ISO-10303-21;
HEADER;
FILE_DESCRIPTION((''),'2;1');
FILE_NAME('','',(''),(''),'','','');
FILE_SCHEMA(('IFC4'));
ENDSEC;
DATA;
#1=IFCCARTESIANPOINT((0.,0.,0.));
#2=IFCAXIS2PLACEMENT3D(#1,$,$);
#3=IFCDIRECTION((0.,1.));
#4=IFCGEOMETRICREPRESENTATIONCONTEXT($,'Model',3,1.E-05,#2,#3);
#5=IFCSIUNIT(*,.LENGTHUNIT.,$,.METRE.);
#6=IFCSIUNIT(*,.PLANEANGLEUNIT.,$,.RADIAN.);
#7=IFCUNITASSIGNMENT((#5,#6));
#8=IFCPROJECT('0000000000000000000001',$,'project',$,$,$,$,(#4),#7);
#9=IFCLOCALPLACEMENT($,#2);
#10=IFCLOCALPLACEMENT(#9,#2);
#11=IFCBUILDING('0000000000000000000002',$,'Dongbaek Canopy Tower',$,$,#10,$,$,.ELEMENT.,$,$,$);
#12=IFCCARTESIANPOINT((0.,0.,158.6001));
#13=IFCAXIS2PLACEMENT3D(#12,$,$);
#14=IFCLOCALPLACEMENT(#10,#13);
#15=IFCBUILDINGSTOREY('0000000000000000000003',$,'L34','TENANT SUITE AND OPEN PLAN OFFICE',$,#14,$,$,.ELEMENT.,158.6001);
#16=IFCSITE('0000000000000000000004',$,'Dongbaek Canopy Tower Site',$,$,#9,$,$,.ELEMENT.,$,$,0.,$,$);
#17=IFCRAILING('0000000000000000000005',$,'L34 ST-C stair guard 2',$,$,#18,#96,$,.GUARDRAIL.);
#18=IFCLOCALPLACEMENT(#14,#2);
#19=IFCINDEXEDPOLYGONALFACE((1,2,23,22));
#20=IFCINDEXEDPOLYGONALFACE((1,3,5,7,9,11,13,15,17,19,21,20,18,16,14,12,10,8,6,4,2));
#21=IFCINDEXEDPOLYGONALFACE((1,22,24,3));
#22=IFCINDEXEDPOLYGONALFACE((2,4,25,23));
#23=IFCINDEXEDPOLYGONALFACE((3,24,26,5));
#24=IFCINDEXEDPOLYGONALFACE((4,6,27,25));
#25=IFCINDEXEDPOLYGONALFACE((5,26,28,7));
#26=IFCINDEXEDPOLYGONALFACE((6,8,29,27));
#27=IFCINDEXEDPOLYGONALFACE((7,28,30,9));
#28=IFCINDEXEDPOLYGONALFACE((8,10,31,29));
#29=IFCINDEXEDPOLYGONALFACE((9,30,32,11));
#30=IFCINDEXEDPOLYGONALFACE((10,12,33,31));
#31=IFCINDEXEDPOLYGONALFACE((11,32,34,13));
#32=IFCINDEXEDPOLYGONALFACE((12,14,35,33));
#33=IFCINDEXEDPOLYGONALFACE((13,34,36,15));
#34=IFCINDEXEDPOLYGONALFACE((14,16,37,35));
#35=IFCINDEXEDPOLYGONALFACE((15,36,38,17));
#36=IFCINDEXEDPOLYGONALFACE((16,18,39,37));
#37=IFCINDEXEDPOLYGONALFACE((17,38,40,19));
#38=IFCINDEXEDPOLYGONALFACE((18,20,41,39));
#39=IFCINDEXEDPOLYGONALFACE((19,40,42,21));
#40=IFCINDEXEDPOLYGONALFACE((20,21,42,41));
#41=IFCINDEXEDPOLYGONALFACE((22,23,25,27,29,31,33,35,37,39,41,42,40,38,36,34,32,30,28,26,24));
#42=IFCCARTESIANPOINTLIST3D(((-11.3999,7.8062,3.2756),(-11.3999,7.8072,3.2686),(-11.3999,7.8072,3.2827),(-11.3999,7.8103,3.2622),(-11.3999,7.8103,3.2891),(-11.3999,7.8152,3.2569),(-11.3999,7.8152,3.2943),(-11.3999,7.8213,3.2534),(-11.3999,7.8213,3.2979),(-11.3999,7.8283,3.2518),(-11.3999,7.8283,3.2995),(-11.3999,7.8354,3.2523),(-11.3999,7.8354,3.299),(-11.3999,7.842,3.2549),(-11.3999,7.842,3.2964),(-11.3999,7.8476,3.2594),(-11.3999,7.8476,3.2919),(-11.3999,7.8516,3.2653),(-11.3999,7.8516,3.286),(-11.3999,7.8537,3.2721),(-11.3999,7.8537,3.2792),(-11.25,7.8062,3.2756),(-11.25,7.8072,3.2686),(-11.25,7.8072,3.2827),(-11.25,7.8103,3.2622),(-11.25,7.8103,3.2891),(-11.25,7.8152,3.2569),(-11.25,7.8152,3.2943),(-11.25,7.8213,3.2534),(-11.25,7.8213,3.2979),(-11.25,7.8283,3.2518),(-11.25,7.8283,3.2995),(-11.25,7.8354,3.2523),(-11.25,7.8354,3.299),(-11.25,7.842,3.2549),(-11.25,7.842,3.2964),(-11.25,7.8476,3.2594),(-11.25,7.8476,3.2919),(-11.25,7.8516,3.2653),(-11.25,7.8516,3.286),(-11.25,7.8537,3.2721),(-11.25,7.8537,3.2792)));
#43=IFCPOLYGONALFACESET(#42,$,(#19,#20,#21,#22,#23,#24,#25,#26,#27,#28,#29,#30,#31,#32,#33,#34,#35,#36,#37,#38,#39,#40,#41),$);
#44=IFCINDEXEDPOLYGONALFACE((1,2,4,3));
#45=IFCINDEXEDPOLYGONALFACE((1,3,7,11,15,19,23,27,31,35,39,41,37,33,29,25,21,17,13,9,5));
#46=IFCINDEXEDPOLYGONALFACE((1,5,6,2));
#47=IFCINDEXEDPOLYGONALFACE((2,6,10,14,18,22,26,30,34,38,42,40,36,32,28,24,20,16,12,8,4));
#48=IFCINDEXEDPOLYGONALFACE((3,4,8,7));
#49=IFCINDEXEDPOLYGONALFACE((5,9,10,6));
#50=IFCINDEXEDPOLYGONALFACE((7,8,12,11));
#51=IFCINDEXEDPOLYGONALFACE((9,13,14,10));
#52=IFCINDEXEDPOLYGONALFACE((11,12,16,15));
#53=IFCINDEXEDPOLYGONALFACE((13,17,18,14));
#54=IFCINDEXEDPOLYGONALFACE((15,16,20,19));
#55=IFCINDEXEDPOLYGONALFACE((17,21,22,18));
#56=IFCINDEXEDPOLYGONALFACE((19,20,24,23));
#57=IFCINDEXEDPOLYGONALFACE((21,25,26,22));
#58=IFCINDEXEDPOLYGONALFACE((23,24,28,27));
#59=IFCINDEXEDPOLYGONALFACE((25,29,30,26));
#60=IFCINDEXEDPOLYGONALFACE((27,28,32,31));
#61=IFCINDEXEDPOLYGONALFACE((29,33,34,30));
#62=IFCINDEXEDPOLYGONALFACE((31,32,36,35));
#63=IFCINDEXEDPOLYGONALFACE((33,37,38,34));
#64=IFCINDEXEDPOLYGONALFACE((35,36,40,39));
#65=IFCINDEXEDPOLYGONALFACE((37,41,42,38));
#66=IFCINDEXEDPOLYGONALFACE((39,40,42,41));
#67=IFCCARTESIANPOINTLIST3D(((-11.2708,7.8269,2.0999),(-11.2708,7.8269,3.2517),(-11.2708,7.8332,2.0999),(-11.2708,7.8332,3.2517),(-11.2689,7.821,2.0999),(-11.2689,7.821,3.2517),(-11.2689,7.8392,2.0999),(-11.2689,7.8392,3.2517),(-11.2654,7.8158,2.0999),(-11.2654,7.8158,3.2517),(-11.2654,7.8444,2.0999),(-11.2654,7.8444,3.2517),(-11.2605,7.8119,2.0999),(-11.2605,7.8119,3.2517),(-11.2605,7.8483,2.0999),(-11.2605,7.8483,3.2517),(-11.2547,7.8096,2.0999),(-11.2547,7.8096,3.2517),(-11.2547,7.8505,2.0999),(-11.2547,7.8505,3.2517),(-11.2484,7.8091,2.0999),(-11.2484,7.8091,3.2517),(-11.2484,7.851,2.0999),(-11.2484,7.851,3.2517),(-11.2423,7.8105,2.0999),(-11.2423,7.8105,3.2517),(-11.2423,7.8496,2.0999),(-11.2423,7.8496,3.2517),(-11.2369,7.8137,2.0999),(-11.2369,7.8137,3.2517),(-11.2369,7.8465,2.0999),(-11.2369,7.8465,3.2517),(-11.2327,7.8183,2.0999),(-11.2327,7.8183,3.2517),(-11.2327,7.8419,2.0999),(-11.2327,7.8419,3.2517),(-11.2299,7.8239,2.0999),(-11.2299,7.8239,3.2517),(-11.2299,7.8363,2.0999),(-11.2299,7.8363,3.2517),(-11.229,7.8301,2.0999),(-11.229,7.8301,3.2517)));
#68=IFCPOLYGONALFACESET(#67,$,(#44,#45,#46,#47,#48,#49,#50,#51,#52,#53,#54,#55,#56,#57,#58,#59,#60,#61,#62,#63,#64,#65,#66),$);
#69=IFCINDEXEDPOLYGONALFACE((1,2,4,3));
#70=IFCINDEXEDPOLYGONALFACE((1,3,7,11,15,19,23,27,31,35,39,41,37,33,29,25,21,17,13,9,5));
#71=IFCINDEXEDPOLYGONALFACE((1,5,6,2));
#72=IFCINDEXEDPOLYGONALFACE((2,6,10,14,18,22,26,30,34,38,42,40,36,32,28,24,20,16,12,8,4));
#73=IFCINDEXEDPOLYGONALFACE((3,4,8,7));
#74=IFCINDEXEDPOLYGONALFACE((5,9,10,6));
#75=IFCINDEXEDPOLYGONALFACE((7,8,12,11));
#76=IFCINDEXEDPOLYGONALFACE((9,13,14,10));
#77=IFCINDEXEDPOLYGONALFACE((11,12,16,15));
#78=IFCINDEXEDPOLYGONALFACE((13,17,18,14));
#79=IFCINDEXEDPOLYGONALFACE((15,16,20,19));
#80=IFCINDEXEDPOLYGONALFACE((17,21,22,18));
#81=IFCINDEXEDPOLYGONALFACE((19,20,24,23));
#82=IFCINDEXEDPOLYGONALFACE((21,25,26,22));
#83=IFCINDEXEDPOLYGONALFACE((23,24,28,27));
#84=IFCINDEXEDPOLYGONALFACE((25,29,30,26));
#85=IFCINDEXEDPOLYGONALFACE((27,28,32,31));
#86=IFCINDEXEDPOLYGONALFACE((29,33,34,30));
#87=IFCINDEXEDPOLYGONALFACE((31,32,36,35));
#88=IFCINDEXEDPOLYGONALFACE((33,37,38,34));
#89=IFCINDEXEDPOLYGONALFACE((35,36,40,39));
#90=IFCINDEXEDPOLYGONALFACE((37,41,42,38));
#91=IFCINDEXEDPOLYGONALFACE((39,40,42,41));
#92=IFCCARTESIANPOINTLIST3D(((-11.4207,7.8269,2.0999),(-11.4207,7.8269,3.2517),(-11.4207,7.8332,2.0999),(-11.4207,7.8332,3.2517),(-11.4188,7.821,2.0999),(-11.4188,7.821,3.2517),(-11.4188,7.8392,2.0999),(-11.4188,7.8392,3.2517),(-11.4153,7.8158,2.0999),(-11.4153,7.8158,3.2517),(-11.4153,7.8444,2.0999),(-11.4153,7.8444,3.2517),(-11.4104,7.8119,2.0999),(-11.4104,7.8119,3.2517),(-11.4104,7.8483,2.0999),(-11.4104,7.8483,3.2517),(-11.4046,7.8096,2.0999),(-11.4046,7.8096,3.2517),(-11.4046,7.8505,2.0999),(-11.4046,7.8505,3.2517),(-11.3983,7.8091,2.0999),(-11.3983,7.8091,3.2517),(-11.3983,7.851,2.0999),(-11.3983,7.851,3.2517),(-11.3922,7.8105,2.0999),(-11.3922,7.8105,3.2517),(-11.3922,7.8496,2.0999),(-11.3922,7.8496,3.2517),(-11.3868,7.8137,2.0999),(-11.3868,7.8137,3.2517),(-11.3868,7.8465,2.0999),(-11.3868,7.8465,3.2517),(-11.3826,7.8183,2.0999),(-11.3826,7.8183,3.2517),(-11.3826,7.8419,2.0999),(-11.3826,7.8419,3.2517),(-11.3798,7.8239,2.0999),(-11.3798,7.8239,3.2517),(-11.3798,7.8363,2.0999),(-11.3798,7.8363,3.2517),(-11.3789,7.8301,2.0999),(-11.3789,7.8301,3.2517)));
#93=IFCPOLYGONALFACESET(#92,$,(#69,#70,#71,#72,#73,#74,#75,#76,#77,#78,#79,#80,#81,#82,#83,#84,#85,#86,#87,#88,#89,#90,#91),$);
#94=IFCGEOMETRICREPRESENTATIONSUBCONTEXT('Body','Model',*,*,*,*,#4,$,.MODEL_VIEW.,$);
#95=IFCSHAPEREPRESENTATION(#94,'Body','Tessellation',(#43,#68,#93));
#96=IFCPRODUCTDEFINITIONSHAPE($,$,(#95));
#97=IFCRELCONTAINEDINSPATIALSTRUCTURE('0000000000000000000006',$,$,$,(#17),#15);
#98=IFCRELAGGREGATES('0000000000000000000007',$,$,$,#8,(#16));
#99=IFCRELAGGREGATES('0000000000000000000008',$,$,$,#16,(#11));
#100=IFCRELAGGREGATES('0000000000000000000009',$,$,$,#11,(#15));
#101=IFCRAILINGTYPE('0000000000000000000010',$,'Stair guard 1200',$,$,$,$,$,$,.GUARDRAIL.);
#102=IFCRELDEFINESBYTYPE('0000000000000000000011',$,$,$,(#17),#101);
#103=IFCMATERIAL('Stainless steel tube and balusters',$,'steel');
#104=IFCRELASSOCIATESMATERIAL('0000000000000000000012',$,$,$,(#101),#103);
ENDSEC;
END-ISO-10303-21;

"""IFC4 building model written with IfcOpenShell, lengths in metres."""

from ifc_helpers import new_model, si_unit, direction, frame, origin, origin_2d, place, context, subcontext, project, spatial, circle, extrude, material, type_object, element, save


model = new_model("IFC4")

# Units and contexts
model_context = context("Model", 3, precision=1e-05, world=origin(), true_north=direction((0.0, 1.0)))
body_context = subcontext(model_context, "Body", "Model", "MODEL_VIEW")
ifc_project = project(units=[si_unit("LENGTHUNIT", "METRE"), si_unit("PLANEANGLEUNIT", "RADIAN")], contexts=[model_context])

# Site, building, storey
site_placement = place(None, origin())
site = spatial("IfcSite", under=ifc_project, at=site_placement, Name="Dongbaek Canopy Tower Site", CompositionType="ELEMENT", RefElevation=0.0)
building_placement = place(site_placement, origin())
building = spatial("IfcBuilding", under=site, at=building_placement, Name="Dongbaek Canopy Tower", CompositionType="ELEMENT")
storey_placement = place(building_placement, frame((0.0, 0.0, 158.6001)))
storey = spatial("IfcBuildingStorey", under=building, at=storey_placement, Name="L34", Description="TENANT SUITE AND OPEN PLAN OFFICE", CompositionType="ELEMENT", Elevation=158.6001)

# Railing
ifc_material_1 = material(Name="Stainless steel tube and balusters", Category="steel")
railing_type = type_object("IfcRailingType", Name="Stair guard 1200", PredefinedType="GUARDRAIL", material=ifc_material_1)
railing_placement = place(storey_placement, frame((-11.25, 7.8301, 2.0999)))
element("IfcRailing", 1, at=railing_placement, inside=storey, type_object=railing_type, Name="L34 ST-C stair guard 2", PredefinedType="GUARDRAIL", context=body_context, shape_type="SweptSolid", body=[
    extrude(circle(Radius=0.0239, at=origin_2d()), frame((0.0, 0.0, 1.1758), z_axis=(-1.0, 0.0, 0.0), x_axis=(0.0, -1.0, 0.0)), (0.0, 0.0, 1.0), 0.1499),
    extrude(circle(Radius=0.021, at=origin_2d()), origin(), (0.0, 0.0, 1.0), 1.1519),
    extrude(circle(Radius=0.021, at=origin_2d()), frame((-0.1499, 0.0, 0.0)), (0.0, 0.0, 1.0), 1.1519),
])

save(model, "model.ifc")
